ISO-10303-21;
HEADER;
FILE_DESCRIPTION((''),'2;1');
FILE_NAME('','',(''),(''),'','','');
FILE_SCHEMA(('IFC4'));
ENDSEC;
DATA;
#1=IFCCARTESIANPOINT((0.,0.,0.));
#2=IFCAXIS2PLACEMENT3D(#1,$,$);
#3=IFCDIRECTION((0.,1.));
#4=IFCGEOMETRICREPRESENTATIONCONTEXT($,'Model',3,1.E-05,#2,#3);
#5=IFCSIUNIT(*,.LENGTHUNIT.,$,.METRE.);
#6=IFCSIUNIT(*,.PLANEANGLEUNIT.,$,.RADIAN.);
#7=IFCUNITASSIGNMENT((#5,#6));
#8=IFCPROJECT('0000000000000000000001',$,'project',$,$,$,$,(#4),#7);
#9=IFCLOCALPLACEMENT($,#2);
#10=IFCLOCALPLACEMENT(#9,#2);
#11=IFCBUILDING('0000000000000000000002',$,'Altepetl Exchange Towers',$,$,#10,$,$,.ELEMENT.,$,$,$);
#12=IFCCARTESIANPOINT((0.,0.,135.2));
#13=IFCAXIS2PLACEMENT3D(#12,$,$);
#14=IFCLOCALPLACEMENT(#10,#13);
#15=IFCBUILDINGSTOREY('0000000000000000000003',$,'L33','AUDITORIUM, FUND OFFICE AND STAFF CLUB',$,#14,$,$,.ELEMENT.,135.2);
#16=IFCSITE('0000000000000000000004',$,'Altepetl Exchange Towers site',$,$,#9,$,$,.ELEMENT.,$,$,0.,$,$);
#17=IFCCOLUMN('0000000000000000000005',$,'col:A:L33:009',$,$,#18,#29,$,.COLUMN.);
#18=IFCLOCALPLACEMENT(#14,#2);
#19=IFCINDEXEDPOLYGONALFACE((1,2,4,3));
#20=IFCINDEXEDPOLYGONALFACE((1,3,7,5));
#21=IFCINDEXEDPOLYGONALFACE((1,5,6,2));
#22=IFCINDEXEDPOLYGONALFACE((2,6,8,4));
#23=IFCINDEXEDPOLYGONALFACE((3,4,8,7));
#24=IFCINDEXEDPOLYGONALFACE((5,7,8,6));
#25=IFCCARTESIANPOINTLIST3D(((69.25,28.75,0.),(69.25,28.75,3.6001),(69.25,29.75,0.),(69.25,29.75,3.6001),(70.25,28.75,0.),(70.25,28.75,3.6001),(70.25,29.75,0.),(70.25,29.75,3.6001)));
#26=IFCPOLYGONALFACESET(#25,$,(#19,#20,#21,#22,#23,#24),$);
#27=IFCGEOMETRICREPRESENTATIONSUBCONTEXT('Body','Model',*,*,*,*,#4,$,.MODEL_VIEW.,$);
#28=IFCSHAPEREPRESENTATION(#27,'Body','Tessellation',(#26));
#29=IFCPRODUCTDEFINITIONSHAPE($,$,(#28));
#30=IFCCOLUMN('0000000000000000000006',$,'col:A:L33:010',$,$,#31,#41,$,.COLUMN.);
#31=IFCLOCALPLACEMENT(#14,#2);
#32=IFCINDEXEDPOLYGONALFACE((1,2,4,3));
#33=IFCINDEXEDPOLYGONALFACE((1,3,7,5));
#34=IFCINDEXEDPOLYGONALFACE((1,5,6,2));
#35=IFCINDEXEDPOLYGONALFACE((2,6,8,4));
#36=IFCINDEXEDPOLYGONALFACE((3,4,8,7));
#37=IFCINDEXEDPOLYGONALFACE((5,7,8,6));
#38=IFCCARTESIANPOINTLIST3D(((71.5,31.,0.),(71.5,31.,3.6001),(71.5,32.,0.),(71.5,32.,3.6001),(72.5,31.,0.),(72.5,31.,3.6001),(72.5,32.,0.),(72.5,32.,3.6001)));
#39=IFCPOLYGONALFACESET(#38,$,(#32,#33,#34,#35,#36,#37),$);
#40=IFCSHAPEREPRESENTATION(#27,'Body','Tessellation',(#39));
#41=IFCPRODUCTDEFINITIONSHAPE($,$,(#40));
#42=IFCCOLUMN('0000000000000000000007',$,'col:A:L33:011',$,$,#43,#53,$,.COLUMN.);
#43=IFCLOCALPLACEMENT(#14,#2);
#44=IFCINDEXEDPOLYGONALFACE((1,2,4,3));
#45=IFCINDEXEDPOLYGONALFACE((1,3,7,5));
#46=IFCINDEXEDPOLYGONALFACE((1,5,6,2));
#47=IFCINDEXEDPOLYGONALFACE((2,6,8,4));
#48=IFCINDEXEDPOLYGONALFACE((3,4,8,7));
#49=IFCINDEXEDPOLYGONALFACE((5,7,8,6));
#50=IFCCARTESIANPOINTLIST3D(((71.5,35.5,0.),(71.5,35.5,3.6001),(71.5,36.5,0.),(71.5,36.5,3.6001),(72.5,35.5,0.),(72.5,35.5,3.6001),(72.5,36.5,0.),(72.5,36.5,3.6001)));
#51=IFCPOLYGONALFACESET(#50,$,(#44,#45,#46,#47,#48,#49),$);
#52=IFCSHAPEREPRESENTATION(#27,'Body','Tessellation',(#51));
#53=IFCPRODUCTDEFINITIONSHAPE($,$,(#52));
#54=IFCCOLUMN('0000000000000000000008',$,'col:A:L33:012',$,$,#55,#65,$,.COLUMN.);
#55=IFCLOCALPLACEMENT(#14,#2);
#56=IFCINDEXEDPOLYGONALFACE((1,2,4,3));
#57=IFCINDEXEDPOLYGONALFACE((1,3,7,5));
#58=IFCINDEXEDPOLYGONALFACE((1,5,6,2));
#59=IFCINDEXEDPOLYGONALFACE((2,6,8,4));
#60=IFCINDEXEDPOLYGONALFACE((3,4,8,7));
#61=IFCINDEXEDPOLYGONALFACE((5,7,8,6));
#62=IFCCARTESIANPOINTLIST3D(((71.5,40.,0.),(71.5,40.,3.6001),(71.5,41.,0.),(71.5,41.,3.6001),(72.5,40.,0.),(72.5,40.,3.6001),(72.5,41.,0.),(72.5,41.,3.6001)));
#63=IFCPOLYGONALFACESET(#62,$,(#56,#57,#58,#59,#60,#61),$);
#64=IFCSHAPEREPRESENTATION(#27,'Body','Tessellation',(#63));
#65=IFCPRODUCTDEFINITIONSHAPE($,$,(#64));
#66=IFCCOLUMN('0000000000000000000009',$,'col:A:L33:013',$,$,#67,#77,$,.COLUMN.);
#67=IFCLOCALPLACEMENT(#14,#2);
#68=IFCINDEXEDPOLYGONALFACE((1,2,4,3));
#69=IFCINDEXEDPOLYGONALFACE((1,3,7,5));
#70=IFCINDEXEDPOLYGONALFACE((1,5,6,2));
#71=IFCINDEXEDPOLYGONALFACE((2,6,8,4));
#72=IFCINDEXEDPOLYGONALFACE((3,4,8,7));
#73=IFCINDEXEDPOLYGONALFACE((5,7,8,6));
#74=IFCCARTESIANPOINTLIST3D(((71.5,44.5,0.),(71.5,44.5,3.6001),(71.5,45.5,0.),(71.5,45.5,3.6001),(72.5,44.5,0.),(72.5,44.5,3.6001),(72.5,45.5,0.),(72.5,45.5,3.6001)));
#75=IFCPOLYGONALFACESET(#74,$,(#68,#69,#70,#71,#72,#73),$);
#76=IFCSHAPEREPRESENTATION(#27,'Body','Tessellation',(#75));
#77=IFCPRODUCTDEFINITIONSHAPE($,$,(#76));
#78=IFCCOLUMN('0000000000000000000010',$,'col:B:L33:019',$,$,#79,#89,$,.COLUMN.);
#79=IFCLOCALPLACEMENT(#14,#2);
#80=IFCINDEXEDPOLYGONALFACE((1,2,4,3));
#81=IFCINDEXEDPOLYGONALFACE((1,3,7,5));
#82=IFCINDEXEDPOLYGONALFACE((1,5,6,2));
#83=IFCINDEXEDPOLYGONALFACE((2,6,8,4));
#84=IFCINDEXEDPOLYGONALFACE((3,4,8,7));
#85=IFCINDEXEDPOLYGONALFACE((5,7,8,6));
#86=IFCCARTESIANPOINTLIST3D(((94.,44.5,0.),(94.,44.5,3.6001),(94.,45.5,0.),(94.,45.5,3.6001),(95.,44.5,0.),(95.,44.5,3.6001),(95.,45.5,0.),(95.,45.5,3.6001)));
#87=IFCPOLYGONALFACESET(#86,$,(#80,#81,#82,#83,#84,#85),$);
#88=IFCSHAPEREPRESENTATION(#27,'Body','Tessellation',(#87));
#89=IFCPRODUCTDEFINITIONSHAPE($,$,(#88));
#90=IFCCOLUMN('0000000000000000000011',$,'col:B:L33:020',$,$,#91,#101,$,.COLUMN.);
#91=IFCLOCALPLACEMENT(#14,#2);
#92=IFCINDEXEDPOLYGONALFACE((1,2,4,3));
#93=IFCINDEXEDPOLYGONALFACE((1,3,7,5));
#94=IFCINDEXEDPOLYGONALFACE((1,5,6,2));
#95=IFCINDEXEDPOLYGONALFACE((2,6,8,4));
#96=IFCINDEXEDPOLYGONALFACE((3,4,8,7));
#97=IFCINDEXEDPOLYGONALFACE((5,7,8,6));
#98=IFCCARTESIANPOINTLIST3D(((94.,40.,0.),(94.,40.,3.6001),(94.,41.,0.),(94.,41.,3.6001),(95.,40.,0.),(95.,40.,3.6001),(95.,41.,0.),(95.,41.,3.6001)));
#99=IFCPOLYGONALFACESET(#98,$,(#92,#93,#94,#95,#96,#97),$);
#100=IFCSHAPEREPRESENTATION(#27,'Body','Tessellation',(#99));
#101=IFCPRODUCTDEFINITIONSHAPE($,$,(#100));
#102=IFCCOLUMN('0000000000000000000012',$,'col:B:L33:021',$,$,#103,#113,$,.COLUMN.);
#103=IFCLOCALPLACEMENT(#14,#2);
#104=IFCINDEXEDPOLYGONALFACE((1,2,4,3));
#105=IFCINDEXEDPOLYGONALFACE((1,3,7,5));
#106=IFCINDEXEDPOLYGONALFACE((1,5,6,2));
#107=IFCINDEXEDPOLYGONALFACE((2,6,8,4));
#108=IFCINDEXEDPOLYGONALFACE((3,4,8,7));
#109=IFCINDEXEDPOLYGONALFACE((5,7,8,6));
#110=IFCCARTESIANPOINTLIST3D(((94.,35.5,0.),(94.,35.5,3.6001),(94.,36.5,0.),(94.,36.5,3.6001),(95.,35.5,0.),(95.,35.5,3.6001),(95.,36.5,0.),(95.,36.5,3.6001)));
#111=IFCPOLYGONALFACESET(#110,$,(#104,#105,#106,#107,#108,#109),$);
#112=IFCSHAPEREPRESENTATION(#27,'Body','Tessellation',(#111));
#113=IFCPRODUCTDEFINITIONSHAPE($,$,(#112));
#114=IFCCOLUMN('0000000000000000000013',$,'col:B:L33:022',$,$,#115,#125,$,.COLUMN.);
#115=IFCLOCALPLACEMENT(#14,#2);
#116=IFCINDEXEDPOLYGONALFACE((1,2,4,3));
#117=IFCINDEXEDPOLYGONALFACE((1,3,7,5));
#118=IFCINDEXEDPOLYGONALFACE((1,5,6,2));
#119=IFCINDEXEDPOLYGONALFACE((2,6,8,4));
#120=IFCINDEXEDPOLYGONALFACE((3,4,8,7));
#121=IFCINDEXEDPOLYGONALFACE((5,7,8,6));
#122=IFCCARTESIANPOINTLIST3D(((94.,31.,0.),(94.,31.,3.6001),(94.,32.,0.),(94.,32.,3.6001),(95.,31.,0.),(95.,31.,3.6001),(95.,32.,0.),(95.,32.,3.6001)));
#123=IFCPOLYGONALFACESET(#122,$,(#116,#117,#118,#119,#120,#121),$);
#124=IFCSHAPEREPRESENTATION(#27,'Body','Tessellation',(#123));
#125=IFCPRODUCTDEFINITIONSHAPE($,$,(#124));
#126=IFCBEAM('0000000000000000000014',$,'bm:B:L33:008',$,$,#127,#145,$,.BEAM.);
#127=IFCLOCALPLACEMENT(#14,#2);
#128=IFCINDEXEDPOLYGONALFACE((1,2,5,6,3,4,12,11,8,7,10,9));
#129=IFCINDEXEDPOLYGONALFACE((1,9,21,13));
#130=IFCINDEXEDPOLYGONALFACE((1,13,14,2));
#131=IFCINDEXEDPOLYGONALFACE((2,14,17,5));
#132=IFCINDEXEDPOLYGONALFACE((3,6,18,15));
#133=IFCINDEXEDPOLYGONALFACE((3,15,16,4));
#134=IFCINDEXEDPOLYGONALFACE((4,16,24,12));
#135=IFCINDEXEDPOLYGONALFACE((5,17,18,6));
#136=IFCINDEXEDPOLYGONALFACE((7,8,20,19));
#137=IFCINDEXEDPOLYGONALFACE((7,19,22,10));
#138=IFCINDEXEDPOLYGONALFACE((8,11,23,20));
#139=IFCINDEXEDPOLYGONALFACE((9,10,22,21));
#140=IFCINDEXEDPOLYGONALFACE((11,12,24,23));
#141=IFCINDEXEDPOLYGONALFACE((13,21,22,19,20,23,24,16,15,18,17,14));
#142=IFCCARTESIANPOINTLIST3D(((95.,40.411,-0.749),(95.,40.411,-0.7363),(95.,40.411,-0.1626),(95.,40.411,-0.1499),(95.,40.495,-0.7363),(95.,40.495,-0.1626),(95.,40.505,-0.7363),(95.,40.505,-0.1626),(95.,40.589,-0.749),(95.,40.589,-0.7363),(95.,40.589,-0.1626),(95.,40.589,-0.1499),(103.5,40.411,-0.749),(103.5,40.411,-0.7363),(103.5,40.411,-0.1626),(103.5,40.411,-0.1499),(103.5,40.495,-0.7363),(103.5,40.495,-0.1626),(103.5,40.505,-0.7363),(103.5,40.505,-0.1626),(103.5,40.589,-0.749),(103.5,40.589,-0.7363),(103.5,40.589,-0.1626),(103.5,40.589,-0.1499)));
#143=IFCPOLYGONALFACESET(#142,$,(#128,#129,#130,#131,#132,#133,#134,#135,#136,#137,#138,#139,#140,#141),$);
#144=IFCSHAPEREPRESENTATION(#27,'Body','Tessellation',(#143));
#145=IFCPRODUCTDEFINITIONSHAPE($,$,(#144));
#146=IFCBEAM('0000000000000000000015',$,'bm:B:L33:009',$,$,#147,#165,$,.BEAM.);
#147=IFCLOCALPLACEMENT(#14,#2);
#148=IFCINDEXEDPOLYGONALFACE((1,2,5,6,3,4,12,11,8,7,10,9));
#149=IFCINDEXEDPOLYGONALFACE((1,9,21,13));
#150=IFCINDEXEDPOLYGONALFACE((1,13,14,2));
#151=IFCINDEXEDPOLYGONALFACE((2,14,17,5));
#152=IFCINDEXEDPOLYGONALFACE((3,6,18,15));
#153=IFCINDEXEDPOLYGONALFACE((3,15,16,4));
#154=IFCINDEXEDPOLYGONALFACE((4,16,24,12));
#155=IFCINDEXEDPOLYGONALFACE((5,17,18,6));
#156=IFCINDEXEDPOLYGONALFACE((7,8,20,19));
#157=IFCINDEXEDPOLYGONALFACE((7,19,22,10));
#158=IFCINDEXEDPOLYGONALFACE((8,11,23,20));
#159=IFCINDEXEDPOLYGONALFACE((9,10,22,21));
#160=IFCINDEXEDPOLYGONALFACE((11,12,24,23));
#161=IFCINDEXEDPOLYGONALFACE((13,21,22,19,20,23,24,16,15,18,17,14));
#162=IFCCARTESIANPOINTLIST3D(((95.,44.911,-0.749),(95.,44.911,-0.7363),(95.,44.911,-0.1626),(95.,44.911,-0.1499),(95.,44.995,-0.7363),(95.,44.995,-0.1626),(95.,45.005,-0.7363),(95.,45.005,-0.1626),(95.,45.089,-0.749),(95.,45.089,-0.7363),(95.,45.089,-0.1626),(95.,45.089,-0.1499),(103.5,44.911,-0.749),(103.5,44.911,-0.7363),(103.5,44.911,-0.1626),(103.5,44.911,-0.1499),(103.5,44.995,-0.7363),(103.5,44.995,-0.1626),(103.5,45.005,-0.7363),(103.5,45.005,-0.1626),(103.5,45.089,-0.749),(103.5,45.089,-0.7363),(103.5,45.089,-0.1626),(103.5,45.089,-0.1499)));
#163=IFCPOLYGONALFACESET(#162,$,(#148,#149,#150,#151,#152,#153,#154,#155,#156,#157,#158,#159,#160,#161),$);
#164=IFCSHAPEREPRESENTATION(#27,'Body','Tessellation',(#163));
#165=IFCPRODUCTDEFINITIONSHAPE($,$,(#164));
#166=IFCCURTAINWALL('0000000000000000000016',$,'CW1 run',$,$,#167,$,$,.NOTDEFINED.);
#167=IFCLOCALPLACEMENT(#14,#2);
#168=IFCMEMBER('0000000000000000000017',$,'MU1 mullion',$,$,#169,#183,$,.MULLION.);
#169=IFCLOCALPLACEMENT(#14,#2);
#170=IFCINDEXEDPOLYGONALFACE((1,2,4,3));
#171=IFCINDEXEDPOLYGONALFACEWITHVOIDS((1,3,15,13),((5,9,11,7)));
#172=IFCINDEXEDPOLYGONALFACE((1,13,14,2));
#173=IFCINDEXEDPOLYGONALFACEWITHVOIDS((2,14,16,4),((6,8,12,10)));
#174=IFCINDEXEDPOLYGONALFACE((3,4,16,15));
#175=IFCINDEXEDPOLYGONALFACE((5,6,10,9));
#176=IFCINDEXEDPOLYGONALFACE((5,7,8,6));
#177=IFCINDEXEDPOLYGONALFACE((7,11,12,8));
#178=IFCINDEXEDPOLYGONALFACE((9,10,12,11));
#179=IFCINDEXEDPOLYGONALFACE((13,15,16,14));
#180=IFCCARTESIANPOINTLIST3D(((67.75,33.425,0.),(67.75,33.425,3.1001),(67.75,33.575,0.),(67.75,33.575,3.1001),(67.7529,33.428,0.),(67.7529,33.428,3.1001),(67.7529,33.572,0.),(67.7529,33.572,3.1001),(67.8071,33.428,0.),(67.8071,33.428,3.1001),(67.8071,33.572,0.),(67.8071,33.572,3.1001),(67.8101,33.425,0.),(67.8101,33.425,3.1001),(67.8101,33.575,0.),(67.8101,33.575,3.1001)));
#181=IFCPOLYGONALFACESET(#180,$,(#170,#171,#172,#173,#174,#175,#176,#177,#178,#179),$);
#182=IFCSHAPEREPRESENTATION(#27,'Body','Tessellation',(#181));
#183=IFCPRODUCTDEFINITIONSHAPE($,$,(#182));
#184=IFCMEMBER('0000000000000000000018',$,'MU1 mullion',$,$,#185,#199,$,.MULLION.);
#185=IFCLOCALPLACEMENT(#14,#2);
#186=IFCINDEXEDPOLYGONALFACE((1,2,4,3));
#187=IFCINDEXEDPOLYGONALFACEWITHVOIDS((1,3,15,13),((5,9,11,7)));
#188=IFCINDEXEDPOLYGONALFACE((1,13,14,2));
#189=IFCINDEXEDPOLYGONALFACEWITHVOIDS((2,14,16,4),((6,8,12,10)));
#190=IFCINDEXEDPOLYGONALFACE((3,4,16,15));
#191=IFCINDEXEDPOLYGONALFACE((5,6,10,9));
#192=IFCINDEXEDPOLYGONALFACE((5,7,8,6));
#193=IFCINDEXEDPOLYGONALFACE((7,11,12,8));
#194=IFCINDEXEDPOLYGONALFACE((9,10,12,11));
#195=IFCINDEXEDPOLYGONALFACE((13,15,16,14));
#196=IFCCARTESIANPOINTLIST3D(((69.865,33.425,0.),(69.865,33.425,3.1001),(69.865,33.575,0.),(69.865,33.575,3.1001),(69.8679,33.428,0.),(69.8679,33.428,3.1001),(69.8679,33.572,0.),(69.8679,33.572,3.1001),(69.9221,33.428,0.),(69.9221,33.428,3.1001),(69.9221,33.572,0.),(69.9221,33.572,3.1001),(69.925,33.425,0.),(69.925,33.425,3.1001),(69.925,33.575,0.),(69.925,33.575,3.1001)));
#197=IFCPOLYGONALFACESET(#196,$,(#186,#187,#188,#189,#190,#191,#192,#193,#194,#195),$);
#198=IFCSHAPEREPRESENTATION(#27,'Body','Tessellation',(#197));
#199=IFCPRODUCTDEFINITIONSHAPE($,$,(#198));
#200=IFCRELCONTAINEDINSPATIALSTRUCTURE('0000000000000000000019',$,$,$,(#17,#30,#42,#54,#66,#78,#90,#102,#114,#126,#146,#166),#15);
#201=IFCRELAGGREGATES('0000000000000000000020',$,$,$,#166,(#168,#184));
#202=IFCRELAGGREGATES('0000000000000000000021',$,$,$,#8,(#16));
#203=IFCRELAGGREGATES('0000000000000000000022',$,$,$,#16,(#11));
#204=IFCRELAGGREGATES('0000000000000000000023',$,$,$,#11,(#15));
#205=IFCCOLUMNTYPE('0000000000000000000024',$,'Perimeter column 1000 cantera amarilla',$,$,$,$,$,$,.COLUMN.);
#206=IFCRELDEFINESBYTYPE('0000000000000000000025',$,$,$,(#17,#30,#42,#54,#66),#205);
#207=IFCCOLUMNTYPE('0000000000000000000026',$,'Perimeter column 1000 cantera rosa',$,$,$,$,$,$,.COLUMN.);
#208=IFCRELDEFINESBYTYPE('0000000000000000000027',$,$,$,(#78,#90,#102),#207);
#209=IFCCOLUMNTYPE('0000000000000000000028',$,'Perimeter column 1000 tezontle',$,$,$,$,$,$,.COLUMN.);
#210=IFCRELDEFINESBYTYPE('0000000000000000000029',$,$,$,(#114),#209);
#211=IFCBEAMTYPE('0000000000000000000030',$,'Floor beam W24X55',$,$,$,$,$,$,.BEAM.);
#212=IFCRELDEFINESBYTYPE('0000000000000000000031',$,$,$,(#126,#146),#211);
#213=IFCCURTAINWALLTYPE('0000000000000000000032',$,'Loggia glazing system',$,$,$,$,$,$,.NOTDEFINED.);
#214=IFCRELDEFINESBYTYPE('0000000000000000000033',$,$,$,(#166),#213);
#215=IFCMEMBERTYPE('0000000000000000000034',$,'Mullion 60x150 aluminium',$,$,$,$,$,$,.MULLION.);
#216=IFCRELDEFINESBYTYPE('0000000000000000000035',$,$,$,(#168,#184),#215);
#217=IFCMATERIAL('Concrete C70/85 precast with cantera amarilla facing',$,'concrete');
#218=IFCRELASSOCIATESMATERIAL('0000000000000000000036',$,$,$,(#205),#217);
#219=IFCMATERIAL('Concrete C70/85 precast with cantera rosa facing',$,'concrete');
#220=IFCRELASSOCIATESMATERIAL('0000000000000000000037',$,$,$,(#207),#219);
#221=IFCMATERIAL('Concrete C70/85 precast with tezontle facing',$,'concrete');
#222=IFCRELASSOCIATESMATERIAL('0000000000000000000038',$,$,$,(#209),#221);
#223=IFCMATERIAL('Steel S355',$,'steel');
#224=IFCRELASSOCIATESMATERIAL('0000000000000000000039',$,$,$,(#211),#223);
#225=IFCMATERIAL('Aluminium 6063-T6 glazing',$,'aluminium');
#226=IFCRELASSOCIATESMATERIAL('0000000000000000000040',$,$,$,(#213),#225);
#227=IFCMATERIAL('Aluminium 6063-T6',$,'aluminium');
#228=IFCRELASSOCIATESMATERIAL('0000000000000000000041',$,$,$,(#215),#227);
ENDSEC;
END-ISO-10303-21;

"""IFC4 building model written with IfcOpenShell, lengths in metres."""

from ifc_helpers import new_model, si_unit, direction, frame, origin, origin_2d, place, context, subcontext, project, spatial, rectangle, hollow_rectangle, i_section, extrude, material, material_profile, profile_set, type_object, element, aggregate, save


model = new_model("IFC4")

# Units and contexts
model_context = context("Model", 3, precision=1e-05, world=origin(), true_north=direction((0.0, 1.0)))
body_context = subcontext(model_context, "Body", "Model", "MODEL_VIEW")
ifc_project = project(units=[si_unit("LENGTHUNIT", "METRE"), si_unit("PLANEANGLEUNIT", "RADIAN")], contexts=[model_context])

# Site, building, storey
site_placement = place(None, origin())
site = spatial("IfcSite", under=ifc_project, at=site_placement, Name="Altepetl Exchange Towers site", CompositionType="ELEMENT", RefElevation=0.0)
building_placement = place(site_placement, origin())
building = spatial("IfcBuilding", under=site, at=building_placement, Name="Altepetl Exchange Towers", CompositionType="ELEMENT")
storey_placement = place(building_placement, frame((0.0, 0.0, 135.2)))
storey = spatial("IfcBuildingStorey", under=building, at=storey_placement, Name="L33", Description="AUDITORIUM, FUND OFFICE AND STAFF CLUB", CompositionType="ELEMENT", Elevation=135.2)

# Columns
ifc_material_1 = material(Name="Concrete C70/85 precast with cantera amarilla facing", Category="concrete")
ifc_material_profile_1 = material_profile(ifc_material_1, rectangle(XDim=1.0, YDim=1.0, at=origin_2d()), Name="1000 x 1000")
ifc_profile_set_1 = profile_set([ifc_material_profile_1], Name="Concrete C70/85 precast with cantera amarilla facing")
column_type_1 = type_object("IfcColumnType", Name="Perimeter column 1000 cantera amarilla", PredefinedType="COLUMN", material=ifc_profile_set_1)
for number, where, name in (
    (1, (69.75, 29.25, 0.0), "col:A:L33:009"),
    (2, (72.0, 31.5, 0.0), "col:A:L33:010"),
    (3, (72.0, 36.0, 0.0), "col:A:L33:011"),
    (4, (72.0, 40.5, 0.0), "col:A:L33:012"),
    (5, (72.0, 45.0, 0.0), "col:A:L33:013"),
):
    element("IfcColumn", number, at=place(storey_placement, frame(where)), inside=storey, type_object=column_type_1, Name=name, PredefinedType="COLUMN", context=body_context, shape_type="SweptSolid", body=[
        extrude(rectangle(XDim=1.0, YDim=1.0, at=origin_2d()), origin(), (0.0, 0.0, 1.0), 3.6001),
    ])
ifc_material_2 = material(Name="Concrete C70/85 precast with cantera rosa facing", Category="concrete")
ifc_material_profile_2 = material_profile(ifc_material_2, rectangle(XDim=1.0, YDim=1.0, at=origin_2d()), Name="1000 x 1000")
ifc_profile_set_2 = profile_set([ifc_material_profile_2], Name="Concrete C70/85 precast with cantera rosa facing")
column_type_2 = type_object("IfcColumnType", Name="Perimeter column 1000 cantera rosa", PredefinedType="COLUMN", material=ifc_profile_set_2)
for number, where, name in (
    (6, (94.5, 45.0, 0.0), "col:B:L33:019"),
    (7, (94.5, 40.5, 0.0), "col:B:L33:020"),
    (8, (94.5, 36.0, 0.0), "col:B:L33:021"),
):
    element("IfcColumn", number, at=place(storey_placement, frame(where)), inside=storey, type_object=column_type_2, Name=name, PredefinedType="COLUMN", context=body_context, shape_type="SweptSolid", body=[
        extrude(rectangle(XDim=1.0, YDim=1.0, at=origin_2d()), origin(), (0.0, 0.0, 1.0), 3.6001),
    ])
ifc_material_3 = material(Name="Concrete C70/85 precast with tezontle facing", Category="concrete")
ifc_material_profile_3 = material_profile(ifc_material_3, rectangle(XDim=1.0, YDim=1.0, at=origin_2d()), Name="1000 x 1000")
ifc_profile_set_3 = profile_set([ifc_material_profile_3], Name="Concrete C70/85 precast with tezontle facing")
column_type_3 = type_object("IfcColumnType", Name="Perimeter column 1000 tezontle", PredefinedType="COLUMN", material=ifc_profile_set_3)
column_placement = place(storey_placement, frame((94.5, 31.5, 0.0)))
element("IfcColumn", 9, at=column_placement, inside=storey, type_object=column_type_3, Name="col:B:L33:022", PredefinedType="COLUMN", context=body_context, shape_type="SweptSolid", body=[
    extrude(rectangle(XDim=1.0, YDim=1.0, at=origin_2d()), origin(), (0.0, 0.0, 1.0), 3.6001),
])

# Beams
ifc_material_4 = material(Name="Steel S355", Category="steel")
ifc_material_profile_4 = material_profile(ifc_material_4, i_section(OverallWidth=0.178, OverallDepth=0.5991, WebThickness=0.01, FlangeThickness=0.0127, at=origin_2d()), Name="W24X55")
ifc_profile_set_4 = profile_set([ifc_material_profile_4], Name="Steel S355")
beam_type_1 = type_object("IfcBeamType", Name="Floor beam W24X55", PredefinedType="BEAM", material=ifc_profile_set_4)
for number, where, z_axis, x_axis, name in (
    (10, (95.0, 40.5, -0.4495), (1.0, 0.0, 0.0), (0.0, 1.0, 0.0), "bm:B:L33:008"),
    (11, (95.0, 45.0, -0.4495), (1.0, 0.0, 0.0), (0.0, 1.0, 0.0), "bm:B:L33:009"),
):
    element("IfcBeam", number, at=place(storey_placement, frame(where, z_axis=z_axis, x_axis=x_axis)), inside=storey, type_object=beam_type_1, Name=name, PredefinedType="BEAM", context=body_context, shape_type="SweptSolid", body=[
        extrude(i_section(OverallWidth=0.178, OverallDepth=0.5991, WebThickness=0.01, FlangeThickness=0.0127, at=origin_2d()), origin(), (0.0, 0.0, 1.0), 8.5),
    ])

# Curtain wall, members
ifc_material_5 = material(Name="Aluminium 6063-T6 glazing", Category="aluminium")
curtain_wall_type = type_object("IfcCurtainWallType", Name="Loggia glazing system", PredefinedType="NOTDEFINED", material=ifc_material_5)
curtain_wall_1_placement = place(storey_placement, origin())
curtain_wall_1 = element("IfcCurtainWall", 12, at=curtain_wall_1_placement, inside=storey, type_object=curtain_wall_type, Name="CW1 run", PredefinedType="NOTDEFINED")
ifc_material_6 = material(Name="Aluminium 6063-T6", Category="aluminium")
ifc_material_profile_5 = material_profile(ifc_material_6, hollow_rectangle(XDim=0.0601, YDim=0.1499, WallThickness=0.0029, at=origin_2d()), Name="Mullion 60x150 aluminium")
ifc_profile_set_5 = profile_set([ifc_material_profile_5], Name="Aluminium 6063-T6")
member_type = type_object("IfcMemberType", Name="Mullion 60x150 aluminium", PredefinedType="MULLION", material=ifc_profile_set_5)
member_1_placement = place(storey_placement, frame((67.78, 33.5, 0.0)))
member_1 = element("IfcMember", 13, at=member_1_placement, type_object=member_type, Name="MU1 mullion", PredefinedType="MULLION", context=body_context, shape_type="SweptSolid", body=[
    extrude(hollow_rectangle(XDim=0.0601, YDim=0.1499, WallThickness=0.0029, at=origin_2d()), origin(), (0.0, 0.0, 1.0), 3.1001),
])
member_2_placement = place(storey_placement, frame((69.895, 33.5, 0.0)))
member_2 = element("IfcMember", 14, at=member_2_placement, type_object=member_type, Name="MU1 mullion", PredefinedType="MULLION", context=body_context, shape_type="SweptSolid", body=[
    extrude(hollow_rectangle(XDim=0.0601, YDim=0.1499, WallThickness=0.0029, at=origin_2d()), origin(), (0.0, 0.0, 1.0), 3.1001),
])

aggregate(curtain_wall_1, [member_1, member_2])

save(model, "model.ifc")
